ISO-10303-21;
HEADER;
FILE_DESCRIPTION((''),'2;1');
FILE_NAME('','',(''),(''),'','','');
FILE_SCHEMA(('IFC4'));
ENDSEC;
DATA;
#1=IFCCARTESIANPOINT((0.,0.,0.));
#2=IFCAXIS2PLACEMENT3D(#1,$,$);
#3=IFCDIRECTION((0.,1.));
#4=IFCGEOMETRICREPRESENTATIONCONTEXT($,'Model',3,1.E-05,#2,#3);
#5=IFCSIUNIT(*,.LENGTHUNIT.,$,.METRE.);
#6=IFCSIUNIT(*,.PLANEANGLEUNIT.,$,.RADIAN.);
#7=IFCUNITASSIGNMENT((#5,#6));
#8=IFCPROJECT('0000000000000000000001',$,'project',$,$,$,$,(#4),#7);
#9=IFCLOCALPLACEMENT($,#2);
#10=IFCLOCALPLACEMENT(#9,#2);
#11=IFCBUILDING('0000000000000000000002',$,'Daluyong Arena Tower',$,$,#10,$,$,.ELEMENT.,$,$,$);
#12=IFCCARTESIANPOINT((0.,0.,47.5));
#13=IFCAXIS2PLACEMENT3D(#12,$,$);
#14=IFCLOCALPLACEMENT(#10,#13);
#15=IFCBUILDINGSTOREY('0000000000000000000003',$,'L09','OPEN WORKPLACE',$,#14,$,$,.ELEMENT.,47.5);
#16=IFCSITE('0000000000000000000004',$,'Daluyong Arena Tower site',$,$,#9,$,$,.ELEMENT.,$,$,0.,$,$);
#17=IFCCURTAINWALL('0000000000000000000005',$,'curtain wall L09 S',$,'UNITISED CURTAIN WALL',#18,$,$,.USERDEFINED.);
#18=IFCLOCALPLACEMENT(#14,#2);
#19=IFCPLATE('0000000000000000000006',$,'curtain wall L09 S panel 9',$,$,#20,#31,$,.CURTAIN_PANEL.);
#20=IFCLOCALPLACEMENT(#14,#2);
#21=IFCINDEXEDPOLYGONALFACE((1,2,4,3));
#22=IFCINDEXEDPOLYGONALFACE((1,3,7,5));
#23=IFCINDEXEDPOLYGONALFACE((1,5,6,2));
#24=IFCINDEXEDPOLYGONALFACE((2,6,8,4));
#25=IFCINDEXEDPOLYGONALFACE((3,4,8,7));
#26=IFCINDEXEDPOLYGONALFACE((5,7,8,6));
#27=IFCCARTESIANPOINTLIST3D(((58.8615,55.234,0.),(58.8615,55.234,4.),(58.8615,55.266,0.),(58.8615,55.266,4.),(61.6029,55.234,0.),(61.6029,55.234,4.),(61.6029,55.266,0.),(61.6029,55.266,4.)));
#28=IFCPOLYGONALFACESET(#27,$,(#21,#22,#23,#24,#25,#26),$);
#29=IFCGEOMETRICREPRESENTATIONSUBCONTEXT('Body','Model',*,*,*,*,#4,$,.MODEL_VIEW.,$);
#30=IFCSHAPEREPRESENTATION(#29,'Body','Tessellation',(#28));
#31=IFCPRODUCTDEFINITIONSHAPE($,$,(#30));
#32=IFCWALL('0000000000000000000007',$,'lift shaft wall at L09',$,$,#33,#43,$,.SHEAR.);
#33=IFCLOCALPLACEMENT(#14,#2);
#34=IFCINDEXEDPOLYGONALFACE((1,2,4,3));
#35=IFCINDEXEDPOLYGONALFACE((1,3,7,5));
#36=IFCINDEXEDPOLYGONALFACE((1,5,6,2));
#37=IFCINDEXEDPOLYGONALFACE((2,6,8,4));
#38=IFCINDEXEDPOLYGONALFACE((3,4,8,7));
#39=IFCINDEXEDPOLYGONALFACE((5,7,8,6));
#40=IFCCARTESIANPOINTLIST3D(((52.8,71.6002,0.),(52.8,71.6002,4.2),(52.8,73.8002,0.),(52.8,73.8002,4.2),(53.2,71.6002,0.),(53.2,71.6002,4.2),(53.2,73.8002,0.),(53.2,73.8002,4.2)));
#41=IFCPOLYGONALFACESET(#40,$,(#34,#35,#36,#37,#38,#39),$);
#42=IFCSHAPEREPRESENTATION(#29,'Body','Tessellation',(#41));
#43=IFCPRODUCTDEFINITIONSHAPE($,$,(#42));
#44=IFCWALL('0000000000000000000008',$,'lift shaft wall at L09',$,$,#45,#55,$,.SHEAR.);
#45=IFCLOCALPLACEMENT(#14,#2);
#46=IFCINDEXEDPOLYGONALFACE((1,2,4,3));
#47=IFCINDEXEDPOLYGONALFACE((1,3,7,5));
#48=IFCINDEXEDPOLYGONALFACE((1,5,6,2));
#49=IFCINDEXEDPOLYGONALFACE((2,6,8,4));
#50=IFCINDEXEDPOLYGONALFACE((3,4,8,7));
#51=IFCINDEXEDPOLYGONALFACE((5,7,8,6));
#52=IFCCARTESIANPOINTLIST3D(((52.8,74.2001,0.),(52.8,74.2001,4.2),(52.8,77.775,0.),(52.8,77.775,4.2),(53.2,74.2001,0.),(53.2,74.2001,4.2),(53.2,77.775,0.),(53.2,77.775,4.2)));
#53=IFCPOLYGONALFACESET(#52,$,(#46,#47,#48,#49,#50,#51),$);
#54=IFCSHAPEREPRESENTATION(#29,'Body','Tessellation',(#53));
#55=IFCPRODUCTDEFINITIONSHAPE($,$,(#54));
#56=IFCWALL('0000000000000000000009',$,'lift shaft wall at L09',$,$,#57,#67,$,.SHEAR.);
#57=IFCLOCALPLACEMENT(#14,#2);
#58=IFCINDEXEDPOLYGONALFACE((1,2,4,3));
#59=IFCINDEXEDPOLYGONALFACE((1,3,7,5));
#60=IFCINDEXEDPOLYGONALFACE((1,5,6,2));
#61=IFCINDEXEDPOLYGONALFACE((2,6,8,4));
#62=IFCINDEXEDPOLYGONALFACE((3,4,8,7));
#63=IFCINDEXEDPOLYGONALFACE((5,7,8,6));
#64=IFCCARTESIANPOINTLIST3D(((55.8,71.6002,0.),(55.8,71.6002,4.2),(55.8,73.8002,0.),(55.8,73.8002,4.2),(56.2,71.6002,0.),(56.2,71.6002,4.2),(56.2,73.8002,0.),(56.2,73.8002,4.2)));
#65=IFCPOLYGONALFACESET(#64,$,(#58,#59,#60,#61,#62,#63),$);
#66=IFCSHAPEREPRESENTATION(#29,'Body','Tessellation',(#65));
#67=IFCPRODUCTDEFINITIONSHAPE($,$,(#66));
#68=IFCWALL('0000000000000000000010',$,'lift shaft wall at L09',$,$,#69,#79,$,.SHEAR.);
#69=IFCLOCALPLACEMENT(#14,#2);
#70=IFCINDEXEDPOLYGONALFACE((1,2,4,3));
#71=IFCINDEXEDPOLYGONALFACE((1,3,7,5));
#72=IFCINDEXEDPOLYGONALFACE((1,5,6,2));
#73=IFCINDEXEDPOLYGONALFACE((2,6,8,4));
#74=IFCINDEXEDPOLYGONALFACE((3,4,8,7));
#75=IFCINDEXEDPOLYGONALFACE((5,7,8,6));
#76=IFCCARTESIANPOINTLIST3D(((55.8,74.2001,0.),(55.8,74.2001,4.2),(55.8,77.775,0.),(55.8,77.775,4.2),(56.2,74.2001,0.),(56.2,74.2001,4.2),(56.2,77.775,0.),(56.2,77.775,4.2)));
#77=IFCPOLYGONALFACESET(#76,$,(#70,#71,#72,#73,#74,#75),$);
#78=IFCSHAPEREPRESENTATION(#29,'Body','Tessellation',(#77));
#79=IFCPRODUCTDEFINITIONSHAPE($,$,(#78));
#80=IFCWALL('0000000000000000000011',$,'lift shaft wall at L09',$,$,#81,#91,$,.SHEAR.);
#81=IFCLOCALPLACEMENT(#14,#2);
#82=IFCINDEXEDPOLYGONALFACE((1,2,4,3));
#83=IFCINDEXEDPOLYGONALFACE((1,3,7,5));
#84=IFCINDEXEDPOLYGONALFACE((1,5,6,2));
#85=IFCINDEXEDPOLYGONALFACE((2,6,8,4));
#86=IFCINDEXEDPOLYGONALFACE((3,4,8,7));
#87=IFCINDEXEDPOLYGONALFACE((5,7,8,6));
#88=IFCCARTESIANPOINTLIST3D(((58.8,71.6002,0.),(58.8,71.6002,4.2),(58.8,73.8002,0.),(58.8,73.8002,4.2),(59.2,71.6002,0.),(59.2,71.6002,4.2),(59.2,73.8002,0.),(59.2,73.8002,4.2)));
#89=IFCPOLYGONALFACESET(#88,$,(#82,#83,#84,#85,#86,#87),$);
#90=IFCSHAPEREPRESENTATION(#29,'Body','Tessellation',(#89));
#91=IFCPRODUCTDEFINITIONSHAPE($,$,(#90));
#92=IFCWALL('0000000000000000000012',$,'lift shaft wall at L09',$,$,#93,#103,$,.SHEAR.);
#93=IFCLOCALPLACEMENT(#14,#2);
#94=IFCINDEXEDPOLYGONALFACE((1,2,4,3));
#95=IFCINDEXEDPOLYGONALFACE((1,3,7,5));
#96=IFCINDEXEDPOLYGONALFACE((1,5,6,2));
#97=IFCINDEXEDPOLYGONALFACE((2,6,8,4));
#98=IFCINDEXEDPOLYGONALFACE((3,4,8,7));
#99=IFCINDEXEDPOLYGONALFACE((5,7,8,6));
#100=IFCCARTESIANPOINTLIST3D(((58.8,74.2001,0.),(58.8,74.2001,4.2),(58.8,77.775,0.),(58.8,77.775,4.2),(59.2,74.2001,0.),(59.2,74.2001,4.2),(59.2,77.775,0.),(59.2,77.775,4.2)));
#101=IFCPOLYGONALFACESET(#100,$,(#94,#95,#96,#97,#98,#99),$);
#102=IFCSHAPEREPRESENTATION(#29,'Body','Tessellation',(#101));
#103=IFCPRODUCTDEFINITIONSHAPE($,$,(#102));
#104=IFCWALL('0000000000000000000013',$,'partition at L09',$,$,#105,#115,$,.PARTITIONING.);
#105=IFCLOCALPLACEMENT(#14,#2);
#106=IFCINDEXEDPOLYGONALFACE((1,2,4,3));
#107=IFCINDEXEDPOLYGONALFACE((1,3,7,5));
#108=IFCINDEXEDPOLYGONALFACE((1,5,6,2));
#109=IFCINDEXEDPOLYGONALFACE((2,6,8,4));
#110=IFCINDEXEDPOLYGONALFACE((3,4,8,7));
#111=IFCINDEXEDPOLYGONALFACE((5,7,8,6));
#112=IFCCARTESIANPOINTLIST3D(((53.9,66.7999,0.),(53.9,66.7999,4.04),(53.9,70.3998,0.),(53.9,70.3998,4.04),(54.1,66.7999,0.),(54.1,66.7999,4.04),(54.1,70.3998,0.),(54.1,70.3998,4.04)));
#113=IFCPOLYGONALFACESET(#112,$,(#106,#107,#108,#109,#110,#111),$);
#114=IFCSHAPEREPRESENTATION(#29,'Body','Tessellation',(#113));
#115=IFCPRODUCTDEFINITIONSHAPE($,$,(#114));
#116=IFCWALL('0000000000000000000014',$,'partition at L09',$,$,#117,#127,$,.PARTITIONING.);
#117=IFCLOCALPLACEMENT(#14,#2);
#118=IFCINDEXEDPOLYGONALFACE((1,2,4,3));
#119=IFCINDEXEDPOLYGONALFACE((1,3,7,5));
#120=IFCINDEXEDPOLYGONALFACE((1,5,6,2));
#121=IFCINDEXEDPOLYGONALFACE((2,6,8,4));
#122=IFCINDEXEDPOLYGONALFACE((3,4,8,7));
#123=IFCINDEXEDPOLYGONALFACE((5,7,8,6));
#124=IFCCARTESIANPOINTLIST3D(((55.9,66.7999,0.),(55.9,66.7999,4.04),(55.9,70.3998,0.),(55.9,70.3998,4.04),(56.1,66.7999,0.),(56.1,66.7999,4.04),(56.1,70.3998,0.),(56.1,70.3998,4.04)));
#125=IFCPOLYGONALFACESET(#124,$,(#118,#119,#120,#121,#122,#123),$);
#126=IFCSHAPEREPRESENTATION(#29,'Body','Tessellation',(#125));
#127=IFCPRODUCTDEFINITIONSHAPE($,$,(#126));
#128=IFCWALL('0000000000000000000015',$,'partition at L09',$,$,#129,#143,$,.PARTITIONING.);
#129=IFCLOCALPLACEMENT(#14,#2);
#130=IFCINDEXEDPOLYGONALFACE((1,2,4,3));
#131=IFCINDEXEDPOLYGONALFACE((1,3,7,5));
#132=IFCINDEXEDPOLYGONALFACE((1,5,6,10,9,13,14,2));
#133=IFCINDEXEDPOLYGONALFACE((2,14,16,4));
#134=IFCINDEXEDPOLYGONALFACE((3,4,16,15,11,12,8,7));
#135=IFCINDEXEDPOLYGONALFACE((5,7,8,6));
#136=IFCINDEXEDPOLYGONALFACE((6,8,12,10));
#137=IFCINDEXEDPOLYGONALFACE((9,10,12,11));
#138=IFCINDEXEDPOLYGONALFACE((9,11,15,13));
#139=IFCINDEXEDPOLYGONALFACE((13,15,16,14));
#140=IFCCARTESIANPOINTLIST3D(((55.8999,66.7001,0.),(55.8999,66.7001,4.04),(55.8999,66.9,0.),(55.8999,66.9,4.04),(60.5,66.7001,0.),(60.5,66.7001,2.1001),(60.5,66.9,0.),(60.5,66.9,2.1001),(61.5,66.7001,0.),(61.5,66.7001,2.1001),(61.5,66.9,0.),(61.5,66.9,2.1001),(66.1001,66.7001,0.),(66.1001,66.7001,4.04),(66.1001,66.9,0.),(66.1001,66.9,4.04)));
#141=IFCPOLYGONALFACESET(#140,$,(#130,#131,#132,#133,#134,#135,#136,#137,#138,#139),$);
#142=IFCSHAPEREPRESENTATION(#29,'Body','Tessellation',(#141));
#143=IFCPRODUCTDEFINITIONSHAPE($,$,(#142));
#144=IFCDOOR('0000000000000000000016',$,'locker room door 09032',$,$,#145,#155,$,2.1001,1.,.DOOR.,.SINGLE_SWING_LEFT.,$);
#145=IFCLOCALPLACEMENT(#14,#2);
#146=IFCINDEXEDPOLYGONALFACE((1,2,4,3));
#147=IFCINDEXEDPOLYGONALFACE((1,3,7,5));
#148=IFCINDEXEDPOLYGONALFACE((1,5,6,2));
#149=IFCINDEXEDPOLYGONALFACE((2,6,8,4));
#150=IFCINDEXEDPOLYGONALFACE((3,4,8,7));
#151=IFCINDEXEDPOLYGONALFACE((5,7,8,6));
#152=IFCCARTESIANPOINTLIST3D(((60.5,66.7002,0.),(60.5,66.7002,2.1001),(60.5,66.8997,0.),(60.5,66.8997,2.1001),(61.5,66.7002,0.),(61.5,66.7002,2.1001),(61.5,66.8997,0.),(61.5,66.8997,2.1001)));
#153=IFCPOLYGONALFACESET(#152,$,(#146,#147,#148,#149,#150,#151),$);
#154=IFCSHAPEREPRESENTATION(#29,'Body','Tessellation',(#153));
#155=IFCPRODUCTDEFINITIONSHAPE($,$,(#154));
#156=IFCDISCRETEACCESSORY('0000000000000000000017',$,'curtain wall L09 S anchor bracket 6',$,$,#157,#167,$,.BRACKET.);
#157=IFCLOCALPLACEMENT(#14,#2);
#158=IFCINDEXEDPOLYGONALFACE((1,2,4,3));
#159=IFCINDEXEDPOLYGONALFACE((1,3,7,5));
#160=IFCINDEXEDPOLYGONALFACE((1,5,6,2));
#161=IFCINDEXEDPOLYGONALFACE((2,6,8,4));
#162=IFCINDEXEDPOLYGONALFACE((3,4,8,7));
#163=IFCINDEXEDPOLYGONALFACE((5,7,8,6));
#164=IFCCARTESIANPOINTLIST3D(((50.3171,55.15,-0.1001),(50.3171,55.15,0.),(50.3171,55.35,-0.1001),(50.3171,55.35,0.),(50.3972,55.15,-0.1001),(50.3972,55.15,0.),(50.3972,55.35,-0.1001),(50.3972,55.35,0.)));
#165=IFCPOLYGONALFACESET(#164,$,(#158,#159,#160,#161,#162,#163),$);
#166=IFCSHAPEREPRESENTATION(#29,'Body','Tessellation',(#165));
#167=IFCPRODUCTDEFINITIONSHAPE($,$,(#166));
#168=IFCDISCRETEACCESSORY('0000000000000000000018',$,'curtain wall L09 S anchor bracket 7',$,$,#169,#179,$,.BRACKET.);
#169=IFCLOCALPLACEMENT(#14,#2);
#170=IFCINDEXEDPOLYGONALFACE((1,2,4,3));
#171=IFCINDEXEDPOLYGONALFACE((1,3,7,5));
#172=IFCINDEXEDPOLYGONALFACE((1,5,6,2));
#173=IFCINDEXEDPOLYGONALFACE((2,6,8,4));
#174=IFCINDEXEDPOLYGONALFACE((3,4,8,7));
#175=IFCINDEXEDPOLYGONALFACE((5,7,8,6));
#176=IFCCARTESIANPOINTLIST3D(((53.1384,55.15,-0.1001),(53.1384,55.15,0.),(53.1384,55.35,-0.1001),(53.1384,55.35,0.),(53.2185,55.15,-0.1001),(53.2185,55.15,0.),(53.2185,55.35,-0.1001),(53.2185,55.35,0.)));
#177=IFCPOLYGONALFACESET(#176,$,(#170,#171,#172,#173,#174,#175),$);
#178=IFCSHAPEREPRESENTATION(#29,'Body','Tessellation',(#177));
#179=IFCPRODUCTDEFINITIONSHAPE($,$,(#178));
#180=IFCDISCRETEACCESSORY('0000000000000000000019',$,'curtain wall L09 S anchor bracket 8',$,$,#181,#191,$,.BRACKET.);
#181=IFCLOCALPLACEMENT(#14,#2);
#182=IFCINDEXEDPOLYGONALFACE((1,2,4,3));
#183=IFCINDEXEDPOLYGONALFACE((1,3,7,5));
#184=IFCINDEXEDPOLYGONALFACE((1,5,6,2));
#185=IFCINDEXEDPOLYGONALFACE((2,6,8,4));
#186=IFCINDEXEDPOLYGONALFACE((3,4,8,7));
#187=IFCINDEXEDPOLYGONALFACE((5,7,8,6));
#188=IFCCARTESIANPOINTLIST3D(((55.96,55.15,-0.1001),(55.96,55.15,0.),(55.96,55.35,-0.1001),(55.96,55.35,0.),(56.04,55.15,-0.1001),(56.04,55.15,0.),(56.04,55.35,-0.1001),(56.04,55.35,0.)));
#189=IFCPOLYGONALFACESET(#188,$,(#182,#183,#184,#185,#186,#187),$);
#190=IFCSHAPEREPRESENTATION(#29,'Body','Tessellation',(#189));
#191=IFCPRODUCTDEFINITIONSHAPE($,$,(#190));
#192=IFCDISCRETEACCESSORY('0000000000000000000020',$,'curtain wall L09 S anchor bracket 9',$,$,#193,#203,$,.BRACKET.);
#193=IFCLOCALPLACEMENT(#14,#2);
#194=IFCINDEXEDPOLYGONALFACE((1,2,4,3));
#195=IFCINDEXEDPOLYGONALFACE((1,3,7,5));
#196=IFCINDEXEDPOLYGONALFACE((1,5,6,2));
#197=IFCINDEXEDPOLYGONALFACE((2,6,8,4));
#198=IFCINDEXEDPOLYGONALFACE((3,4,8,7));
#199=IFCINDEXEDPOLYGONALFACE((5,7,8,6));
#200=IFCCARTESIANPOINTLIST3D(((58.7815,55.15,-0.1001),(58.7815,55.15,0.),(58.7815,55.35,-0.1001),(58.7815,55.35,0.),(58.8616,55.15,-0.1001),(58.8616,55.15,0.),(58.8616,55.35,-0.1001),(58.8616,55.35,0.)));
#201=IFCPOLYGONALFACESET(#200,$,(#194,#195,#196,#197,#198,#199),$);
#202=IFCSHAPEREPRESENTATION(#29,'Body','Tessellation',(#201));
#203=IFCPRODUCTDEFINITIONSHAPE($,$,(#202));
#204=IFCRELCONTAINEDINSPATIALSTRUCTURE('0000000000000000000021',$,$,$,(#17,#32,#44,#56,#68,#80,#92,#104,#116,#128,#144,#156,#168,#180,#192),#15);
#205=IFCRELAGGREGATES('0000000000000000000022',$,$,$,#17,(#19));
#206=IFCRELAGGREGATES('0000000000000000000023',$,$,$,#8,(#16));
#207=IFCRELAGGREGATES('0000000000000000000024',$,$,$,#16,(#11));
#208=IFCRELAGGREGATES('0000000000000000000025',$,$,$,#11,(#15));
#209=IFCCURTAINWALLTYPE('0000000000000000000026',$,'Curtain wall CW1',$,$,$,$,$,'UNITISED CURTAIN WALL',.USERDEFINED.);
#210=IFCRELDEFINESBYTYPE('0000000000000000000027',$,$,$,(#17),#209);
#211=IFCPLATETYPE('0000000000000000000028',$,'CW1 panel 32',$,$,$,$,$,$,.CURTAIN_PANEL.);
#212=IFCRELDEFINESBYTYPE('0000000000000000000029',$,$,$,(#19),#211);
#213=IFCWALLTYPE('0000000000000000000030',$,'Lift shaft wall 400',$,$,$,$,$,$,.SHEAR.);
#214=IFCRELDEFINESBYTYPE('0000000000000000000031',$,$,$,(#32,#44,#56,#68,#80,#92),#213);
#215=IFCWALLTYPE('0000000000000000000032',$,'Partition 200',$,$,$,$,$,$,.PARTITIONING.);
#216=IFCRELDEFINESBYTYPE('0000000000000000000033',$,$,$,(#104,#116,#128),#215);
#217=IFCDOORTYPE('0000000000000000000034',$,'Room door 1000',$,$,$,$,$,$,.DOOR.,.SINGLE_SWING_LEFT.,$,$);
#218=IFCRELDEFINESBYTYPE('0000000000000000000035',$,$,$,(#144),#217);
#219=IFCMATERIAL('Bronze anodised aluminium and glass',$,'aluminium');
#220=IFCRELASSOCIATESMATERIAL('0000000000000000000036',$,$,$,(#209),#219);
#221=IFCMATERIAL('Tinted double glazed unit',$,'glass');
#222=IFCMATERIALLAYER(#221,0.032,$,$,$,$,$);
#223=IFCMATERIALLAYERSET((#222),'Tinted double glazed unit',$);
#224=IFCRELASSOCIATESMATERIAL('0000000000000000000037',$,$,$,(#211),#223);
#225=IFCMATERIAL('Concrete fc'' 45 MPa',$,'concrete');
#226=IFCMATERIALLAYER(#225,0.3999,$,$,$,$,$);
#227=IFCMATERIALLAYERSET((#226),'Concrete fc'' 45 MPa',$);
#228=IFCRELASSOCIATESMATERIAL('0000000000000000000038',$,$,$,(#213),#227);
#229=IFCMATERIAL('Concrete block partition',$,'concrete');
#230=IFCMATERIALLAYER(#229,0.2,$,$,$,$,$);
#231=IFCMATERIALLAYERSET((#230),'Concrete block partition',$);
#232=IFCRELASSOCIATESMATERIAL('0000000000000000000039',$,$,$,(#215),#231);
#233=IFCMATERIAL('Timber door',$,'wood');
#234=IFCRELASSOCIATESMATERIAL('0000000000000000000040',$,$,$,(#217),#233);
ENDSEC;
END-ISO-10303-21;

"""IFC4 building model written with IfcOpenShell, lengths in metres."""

from ifc_helpers import new_model, si_unit, direction, frame, frame_2d, origin, origin_2d, place, context, subcontext, project, spatial, rectangle, extrude, material, layer, layer_set, type_object, element, fill, aggregate, save


model = new_model("IFC4")

# Units and contexts
model_context = context("Model", 3, precision=1e-05, world=origin(), true_north=direction((0.0, 1.0)))
body_context = subcontext(model_context, "Body", "Model", "MODEL_VIEW")
ifc_project = project(units=[si_unit("LENGTHUNIT", "METRE"), si_unit("PLANEANGLEUNIT", "RADIAN")], contexts=[model_context])

# Site, building, storey
site_placement = place(None, origin())
site = spatial("IfcSite", under=ifc_project, at=site_placement, Name="Daluyong Arena Tower site", CompositionType="ELEMENT", RefElevation=0.0)
building_placement = place(site_placement, origin())
building = spatial("IfcBuilding", under=site, at=building_placement, Name="Daluyong Arena Tower", CompositionType="ELEMENT")
storey_placement = place(building_placement, frame((0.0, 0.0, 47.5)))
storey = spatial("IfcBuildingStorey", under=building, at=storey_placement, Name="L09", Description="OPEN WORKPLACE", CompositionType="ELEMENT", Elevation=47.5)

# Curtain wall
ifc_material_1 = material(Name="Bronze anodised aluminium and glass", Category="aluminium")
curtain_wall_type = type_object("IfcCurtainWallType", Name="Curtain wall CW1", ElementType="UNITISED CURTAIN WALL", PredefinedType="USERDEFINED", material=ifc_material_1)
curtain_wall_placement = place(storey_placement, origin())
curtain_wall = element("IfcCurtainWall", 1, at=curtain_wall_placement, inside=storey, type_object=curtain_wall_type, Name="curtain wall L09 S", ObjectType="UNITISED CURTAIN WALL", PredefinedType="USERDEFINED")

# Plate
ifc_material_2 = material(Name="Tinted double glazed unit", Category="glass")
ifc_layer_1 = layer(ifc_material_2, 0.032)
ifc_layer_set_1 = layer_set([ifc_layer_1], Name="Tinted double glazed unit")
plate_type = type_object("IfcPlateType", Name="CW1 panel 32", PredefinedType="CURTAIN_PANEL", material=ifc_layer_set_1)
plate_1_placement = place(storey_placement, frame((60.2322, 55.25, 0.0), z_axis=(0.0, 0.0, 1.0), x_axis=(1.0, 0.0, 0.0)))
plate_1 = element("IfcPlate", 2, at=plate_1_placement, type_object=plate_type, Name="curtain wall L09 S panel 9", PredefinedType="CURTAIN_PANEL", context=body_context, shape_type="SweptSolid", body=[
    extrude(rectangle(XDim=2.7415, YDim=0.032, at=origin_2d()), origin(), (0.0, 0.0, 1.0), 4.0),
])
aggregate(curtain_wall, [plate_1])

# Walls
ifc_material_3 = material(Name="Concrete fc' 45 MPa", Category="concrete")
ifc_layer_2 = layer(ifc_material_3, 0.3999)
ifc_layer_set_2 = layer_set([ifc_layer_2], Name="Concrete fc' 45 MPa")
wall_type_1 = type_object("IfcWallType", Name="Lift shaft wall 400", PredefinedType="SHEAR", material=ifc_layer_set_2)
wall_1_placement = place(storey_placement, frame((53.0, 71.6001, 0.0), z_axis=(0.0, 0.0, 1.0), x_axis=(0.0, 1.0, 0.0)))
element("IfcWall", 3, at=wall_1_placement, inside=storey, type_object=wall_type_1, Name="lift shaft wall at L09", PredefinedType="SHEAR", context=body_context, shape_type="SweptSolid", body=[
    extrude(rectangle(XDim=2.2, YDim=0.3999, at=frame_2d((1.1001, 0.0))), origin(), (0.0, 0.0, 1.0), 4.2),
])
wall_2_placement = place(storey_placement, frame((53.0, 74.2, 0.0), z_axis=(0.0, 0.0, 1.0), x_axis=(0.0, 1.0, 0.0)))
element("IfcWall", 4, at=wall_2_placement, inside=storey, type_object=wall_type_1, Name="lift shaft wall at L09", PredefinedType="SHEAR", context=body_context, shape_type="SweptSolid", body=[
    extrude(rectangle(XDim=3.575, YDim=0.3999, at=frame_2d((1.7876, 0.0))), origin(), (0.0, 0.0, 1.0), 4.2),
])
wall_3_placement = place(storey_placement, frame((56.0, 71.6001, 0.0), z_axis=(0.0, 0.0, 1.0), x_axis=(0.0, 1.0, 0.0)))
element("IfcWall", 5, at=wall_3_placement, inside=storey, type_object=wall_type_1, Name="lift shaft wall at L09", PredefinedType="SHEAR", context=body_context, shape_type="SweptSolid", body=[
    extrude(rectangle(XDim=2.2, YDim=0.3999, at=frame_2d((1.1001, 0.0))), origin(), (0.0, 0.0, 1.0), 4.2),
])
wall_4_placement = place(storey_placement, frame((56.0, 74.2, 0.0), z_axis=(0.0, 0.0, 1.0), x_axis=(0.0, 1.0, 0.0)))
element("IfcWall", 6, at=wall_4_placement, inside=storey, type_object=wall_type_1, Name="lift shaft wall at L09", PredefinedType="SHEAR", context=body_context, shape_type="SweptSolid", body=[
    extrude(rectangle(XDim=3.575, YDim=0.3999, at=frame_2d((1.7876, 0.0))), origin(), (0.0, 0.0, 1.0), 4.2),
])
wall_5_placement = place(storey_placement, frame((59.0, 71.6001, 0.0), z_axis=(0.0, 0.0, 1.0), x_axis=(0.0, 1.0, 0.0)))
element("IfcWall", 7, at=wall_5_placement, inside=storey, type_object=wall_type_1, Name="lift shaft wall at L09", PredefinedType="SHEAR", context=body_context, shape_type="SweptSolid", body=[
    extrude(rectangle(XDim=2.2, YDim=0.3999, at=frame_2d((1.1001, 0.0))), origin(), (0.0, 0.0, 1.0), 4.2),
])
wall_6_placement = place(storey_placement, frame((59.0, 74.2, 0.0), z_axis=(0.0, 0.0, 1.0), x_axis=(0.0, 1.0, 0.0)))
element("IfcWall", 8, at=wall_6_placement, inside=storey, type_object=wall_type_1, Name="lift shaft wall at L09", PredefinedType="SHEAR", context=body_context, shape_type="SweptSolid", body=[
    extrude(rectangle(XDim=3.575, YDim=0.3999, at=frame_2d((1.7876, 0.0))), origin(), (0.0, 0.0, 1.0), 4.2),
])
ifc_material_4 = material(Name="Concrete block partition", Category="concrete")
ifc_layer_3 = layer(ifc_material_4, 0.2)
ifc_layer_set_3 = layer_set([ifc_layer_3], Name="Concrete block partition")
wall_type_2 = type_object("IfcWallType", Name="Partition 200", PredefinedType="PARTITIONING", material=ifc_layer_set_3)
for number, where, z_axis, x_axis, name in (
    (9, (54.0, 66.8, 0.0), (0.0, 0.0, 1.0), (0.0, 1.0, 0.0), "partition at L09"),
    (10, (56.0, 66.8, 0.0), (0.0, 0.0, 1.0), (0.0, 1.0, 0.0), "partition at L09"),
):
    element("IfcWall", number, at=place(storey_placement, frame(where, z_axis=z_axis, x_axis=x_axis)), inside=storey, type_object=wall_type_2, Name=name, PredefinedType="PARTITIONING", context=body_context, shape_type="SweptSolid", body=[
        extrude(rectangle(XDim=3.5999, YDim=0.2, at=frame_2d((1.7998, 0.0))), origin(), (0.0, 0.0, 1.0), 4.04),
    ])

# Wall, opening, door
wall_7_placement = place(storey_placement, frame((55.8999, 66.8, 0.0), z_axis=(0.0, 0.0, 1.0), x_axis=(1.0, 0.0, 0.0)))
wall_7 = element("IfcWall", 11, at=wall_7_placement, inside=storey, type_object=wall_type_2, Name="partition at L09", PredefinedType="PARTITIONING", context=body_context, shape_type="SweptSolid", body=[
    extrude(rectangle(XDim=10.2002, YDim=0.2, at=frame_2d((5.1001, 0.0))), origin(), (0.0, 0.0, 1.0), 4.04),
])
opening_placement = place(wall_7_placement, frame((4.6001, 0.0, 0.0)))
opening = element("IfcOpeningElement", 12, at=opening_placement, cuts=wall_7, PredefinedType="OPENING", context=body_context, shape_type="SweptSolid", body=[
    extrude(rectangle(XDim=1.0, YDim=2.1001, at=frame_2d((0.5, 1.05))), frame((0.0, 0.1099, 0.0), z_axis=(0.0, -1.0, 0.0), x_axis=(1.0, 0.0, 0.0)), (0.0, 0.0, 1.0), 0.22),
])
ifc_material_5 = material(Name="Timber door", Category="wood")
door_type = type_object("IfcDoorType", Name="Room door 1000", OperationType="SINGLE_SWING_LEFT", PredefinedType="DOOR", material=ifc_material_5)
door_placement = place(opening_placement, origin())
door = element("IfcDoor", 13, at=door_placement, inside=storey, type_object=door_type, Name="locker room door 09032", OperationType="SINGLE_SWING_LEFT", OverallHeight=2.1001, OverallWidth=1.0, PredefinedType="DOOR", context=body_context, shape_type="SweptSolid", body=[
    extrude(rectangle(XDim=1.0, YDim=2.1001, at=frame_2d((0.5, 1.05))), frame((0.0, 0.0996, 0.0), z_axis=(0.0, -1.0, 0.0), x_axis=(1.0, 0.0, 0.0)), (0.0, 0.0, 1.0), 0.1995),
])
fill(opening, door)

# Discrete accessories
for number, where, z_axis, x_axis, name in (
    (14, (50.3572, 55.25, -0.1001), (0.0, 0.0, 1.0), (1.0, 0.0, 0.0), "curtain wall L09 S anchor bracket 6"),
    (15, (53.1785, 55.25, -0.1001), (0.0, 0.0, 1.0), (1.0, 0.0, 0.0), "curtain wall L09 S anchor bracket 7"),
    (16, (56.0, 55.25, -0.1001), (0.0, 0.0, 1.0), (1.0, 0.0, 0.0), "curtain wall L09 S anchor bracket 8"),
    (17, (58.8215, 55.25, -0.1001), (0.0, 0.0, 1.0), (1.0, 0.0, 0.0), "curtain wall L09 S anchor bracket 9"),
):
    element("IfcDiscreteAccessory", number, at=place(storey_placement, frame(where, z_axis=z_axis, x_axis=x_axis)), inside=storey, Name=name, PredefinedType="BRACKET", context=body_context, shape_type="SweptSolid", body=[
        extrude(rectangle(XDim=0.0801, YDim=0.2, at=origin_2d()), origin(), (0.0, 0.0, 1.0), 0.1001),
    ])

save(model, "model.ifc")
